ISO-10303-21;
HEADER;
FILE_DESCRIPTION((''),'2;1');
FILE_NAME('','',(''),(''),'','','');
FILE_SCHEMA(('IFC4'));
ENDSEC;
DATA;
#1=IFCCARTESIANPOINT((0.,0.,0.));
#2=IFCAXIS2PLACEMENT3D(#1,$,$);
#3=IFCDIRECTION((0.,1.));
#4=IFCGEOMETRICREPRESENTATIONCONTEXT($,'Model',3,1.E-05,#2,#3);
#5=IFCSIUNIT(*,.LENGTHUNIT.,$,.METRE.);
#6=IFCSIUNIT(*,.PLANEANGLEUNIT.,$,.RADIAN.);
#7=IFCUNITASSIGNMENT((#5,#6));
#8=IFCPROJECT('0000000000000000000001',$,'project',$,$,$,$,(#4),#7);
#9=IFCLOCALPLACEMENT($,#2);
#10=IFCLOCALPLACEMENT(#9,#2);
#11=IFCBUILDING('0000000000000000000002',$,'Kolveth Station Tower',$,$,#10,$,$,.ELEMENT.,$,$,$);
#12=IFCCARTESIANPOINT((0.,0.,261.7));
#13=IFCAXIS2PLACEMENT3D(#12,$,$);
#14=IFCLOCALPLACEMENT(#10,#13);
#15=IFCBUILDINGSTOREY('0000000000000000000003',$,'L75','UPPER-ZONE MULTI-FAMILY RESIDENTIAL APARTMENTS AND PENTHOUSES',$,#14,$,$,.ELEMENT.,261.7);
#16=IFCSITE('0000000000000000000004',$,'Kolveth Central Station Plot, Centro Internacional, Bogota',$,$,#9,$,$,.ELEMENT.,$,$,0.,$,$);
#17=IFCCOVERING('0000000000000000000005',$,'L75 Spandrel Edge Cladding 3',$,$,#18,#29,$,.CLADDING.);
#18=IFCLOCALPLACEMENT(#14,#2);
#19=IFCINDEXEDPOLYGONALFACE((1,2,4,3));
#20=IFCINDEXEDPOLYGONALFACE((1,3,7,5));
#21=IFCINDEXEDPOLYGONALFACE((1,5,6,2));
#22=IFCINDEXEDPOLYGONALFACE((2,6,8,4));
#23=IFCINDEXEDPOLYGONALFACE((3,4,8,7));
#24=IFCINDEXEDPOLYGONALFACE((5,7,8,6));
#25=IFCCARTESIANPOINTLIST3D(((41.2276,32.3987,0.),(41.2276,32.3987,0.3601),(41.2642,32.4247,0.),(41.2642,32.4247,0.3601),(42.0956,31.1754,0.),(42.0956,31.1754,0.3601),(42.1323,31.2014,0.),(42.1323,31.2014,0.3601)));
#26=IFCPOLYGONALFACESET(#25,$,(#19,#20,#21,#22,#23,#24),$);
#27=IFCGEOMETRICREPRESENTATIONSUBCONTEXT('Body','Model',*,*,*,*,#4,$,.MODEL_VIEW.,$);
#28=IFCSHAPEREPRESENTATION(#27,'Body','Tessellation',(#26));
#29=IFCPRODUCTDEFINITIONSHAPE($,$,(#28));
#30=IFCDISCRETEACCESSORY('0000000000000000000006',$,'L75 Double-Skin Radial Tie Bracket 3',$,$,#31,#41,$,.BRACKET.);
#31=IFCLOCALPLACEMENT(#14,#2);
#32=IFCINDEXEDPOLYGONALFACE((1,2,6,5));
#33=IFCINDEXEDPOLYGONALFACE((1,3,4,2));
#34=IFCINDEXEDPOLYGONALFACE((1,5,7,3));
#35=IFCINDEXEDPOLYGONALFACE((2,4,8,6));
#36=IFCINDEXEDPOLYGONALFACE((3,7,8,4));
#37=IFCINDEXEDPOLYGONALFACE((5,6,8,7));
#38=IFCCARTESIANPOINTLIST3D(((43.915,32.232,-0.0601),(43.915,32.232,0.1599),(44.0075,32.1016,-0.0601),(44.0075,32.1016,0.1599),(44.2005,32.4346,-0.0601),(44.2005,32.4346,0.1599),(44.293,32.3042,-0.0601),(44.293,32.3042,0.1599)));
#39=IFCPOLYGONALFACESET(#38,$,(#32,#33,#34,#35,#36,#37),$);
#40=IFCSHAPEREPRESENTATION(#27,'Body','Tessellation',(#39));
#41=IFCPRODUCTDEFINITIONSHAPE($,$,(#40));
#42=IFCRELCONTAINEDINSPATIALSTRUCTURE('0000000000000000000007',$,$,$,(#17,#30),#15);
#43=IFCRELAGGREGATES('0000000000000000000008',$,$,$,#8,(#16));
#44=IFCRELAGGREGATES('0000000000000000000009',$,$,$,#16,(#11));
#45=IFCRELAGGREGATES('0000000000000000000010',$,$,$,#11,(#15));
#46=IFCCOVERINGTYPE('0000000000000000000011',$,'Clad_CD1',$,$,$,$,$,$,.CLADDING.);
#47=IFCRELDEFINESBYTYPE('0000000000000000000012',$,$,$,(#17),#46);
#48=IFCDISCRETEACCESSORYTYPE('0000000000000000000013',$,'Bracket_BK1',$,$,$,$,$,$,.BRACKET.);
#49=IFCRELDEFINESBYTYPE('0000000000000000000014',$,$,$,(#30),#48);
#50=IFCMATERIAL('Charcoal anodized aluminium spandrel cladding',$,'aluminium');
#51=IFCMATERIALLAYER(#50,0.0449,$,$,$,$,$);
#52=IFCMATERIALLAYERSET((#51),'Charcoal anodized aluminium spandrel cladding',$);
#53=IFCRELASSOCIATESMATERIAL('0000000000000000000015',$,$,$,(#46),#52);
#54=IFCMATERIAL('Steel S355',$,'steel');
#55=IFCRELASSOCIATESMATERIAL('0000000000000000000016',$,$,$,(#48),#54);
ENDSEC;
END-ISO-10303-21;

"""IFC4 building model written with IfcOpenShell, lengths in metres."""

from ifc_helpers import new_model, si_unit, direction, frame, origin, origin_2d, place, context, subcontext, project, spatial, rectangle, extrude, source, transform, mapped, material, layer, layer_set, type_object, element, save


model = new_model("IFC4")

# Units and contexts
model_context = context("Model", 3, precision=1e-05, world=origin(), true_north=direction((0.0, 1.0)))
body_context = subcontext(model_context, "Body", "Model", "MODEL_VIEW")
ifc_project = project(units=[si_unit("LENGTHUNIT", "METRE"), si_unit("PLANEANGLEUNIT", "RADIAN")], contexts=[model_context])

# Site, building, storey
site_placement = place(None, origin())
site = spatial("IfcSite", under=ifc_project, at=site_placement, Name="Kolveth Central Station Plot, Centro Internacional, Bogota", CompositionType="ELEMENT", RefElevation=0.0)
building_placement = place(site_placement, origin())
building = spatial("IfcBuilding", under=site, at=building_placement, Name="Kolveth Station Tower", CompositionType="ELEMENT")
storey_placement = place(building_placement, frame((0.0, 0.0, 261.7)))
storey = spatial("IfcBuildingStorey", under=building, at=storey_placement, Name="L75", Description="UPPER-ZONE MULTI-FAMILY RESIDENTIAL APARTMENTS AND PENTHOUSES", CompositionType="ELEMENT", Elevation=261.7)

# Shared definitions
ifc_material_1 = material(Name="Steel S355", Category="steel")

# Covering
ifc_material_2 = material(Name="Charcoal anodized aluminium spandrel cladding", Category="aluminium")
ifc_layer_1 = layer(ifc_material_2, 0.0449)
ifc_layer_set_1 = layer_set([ifc_layer_1], Name="Charcoal anodized aluminium spandrel cladding")
covering_type = type_object("IfcCoveringType", Name="Clad_CD1", PredefinedType="CLADDING", material=ifc_layer_set_1)
shared_shape_1 = source(origin(), body_context, "Body", "SweptSolid", [
    extrude(rectangle(XDim=1.5, YDim=0.0449, at=origin_2d()), origin(), (0.0, 0.0, 1.0), 0.3601),
])
covering_placement = place(storey_placement, frame((41.6799, 31.8, 0.0), z_axis=(0.0, 0.0, 1.0), x_axis=(-0.578712, 0.815532, 0.0)))
element("IfcCovering", 1, at=covering_placement, inside=storey, type_object=covering_type, Name="L75 Spandrel Edge Cladding 3", PredefinedType="CLADDING", context=body_context, shape_type="MappedRepresentation", body=[
    mapped(shared_shape_1, transform((0.0, 0.0, 0.0), x_axis=(1.0, 0.0, 0.0), y_axis=(0.0, 1.0, 0.0), z_axis=(0.0, 0.0, 1.0), scale=1.0)),
])

# Discrete accessory
discrete_accessory_type = type_object("IfcDiscreteAccessoryType", Name="Bracket_BK1", PredefinedType="BRACKET", material=ifc_material_1)
shared_shape_2 = source(origin(), body_context, "Body", "SweptSolid", [
    extrude(rectangle(XDim=0.3501, YDim=0.1599, at=origin_2d()), origin(), (0.0, 0.0, 1.0), 0.22),
])
discrete_accessory_placement = place(storey_placement, frame((44.104, 32.2681, -0.0601), z_axis=(0.0, 0.0, 1.0), x_axis=(0.815532, 0.578712, 0.0)))
element("IfcDiscreteAccessory", 2, at=discrete_accessory_placement, inside=storey, type_object=discrete_accessory_type, Name="L75 Double-Skin Radial Tie Bracket 3", PredefinedType="BRACKET", context=body_context, shape_type="MappedRepresentation", body=[
    mapped(shared_shape_2, transform((0.0, 0.0, 0.0), x_axis=(1.0, 0.0, 0.0), y_axis=(0.0, 1.0, 0.0), z_axis=(0.0, 0.0, 1.0), scale=1.0)),
])

save(model, "model.ifc")
